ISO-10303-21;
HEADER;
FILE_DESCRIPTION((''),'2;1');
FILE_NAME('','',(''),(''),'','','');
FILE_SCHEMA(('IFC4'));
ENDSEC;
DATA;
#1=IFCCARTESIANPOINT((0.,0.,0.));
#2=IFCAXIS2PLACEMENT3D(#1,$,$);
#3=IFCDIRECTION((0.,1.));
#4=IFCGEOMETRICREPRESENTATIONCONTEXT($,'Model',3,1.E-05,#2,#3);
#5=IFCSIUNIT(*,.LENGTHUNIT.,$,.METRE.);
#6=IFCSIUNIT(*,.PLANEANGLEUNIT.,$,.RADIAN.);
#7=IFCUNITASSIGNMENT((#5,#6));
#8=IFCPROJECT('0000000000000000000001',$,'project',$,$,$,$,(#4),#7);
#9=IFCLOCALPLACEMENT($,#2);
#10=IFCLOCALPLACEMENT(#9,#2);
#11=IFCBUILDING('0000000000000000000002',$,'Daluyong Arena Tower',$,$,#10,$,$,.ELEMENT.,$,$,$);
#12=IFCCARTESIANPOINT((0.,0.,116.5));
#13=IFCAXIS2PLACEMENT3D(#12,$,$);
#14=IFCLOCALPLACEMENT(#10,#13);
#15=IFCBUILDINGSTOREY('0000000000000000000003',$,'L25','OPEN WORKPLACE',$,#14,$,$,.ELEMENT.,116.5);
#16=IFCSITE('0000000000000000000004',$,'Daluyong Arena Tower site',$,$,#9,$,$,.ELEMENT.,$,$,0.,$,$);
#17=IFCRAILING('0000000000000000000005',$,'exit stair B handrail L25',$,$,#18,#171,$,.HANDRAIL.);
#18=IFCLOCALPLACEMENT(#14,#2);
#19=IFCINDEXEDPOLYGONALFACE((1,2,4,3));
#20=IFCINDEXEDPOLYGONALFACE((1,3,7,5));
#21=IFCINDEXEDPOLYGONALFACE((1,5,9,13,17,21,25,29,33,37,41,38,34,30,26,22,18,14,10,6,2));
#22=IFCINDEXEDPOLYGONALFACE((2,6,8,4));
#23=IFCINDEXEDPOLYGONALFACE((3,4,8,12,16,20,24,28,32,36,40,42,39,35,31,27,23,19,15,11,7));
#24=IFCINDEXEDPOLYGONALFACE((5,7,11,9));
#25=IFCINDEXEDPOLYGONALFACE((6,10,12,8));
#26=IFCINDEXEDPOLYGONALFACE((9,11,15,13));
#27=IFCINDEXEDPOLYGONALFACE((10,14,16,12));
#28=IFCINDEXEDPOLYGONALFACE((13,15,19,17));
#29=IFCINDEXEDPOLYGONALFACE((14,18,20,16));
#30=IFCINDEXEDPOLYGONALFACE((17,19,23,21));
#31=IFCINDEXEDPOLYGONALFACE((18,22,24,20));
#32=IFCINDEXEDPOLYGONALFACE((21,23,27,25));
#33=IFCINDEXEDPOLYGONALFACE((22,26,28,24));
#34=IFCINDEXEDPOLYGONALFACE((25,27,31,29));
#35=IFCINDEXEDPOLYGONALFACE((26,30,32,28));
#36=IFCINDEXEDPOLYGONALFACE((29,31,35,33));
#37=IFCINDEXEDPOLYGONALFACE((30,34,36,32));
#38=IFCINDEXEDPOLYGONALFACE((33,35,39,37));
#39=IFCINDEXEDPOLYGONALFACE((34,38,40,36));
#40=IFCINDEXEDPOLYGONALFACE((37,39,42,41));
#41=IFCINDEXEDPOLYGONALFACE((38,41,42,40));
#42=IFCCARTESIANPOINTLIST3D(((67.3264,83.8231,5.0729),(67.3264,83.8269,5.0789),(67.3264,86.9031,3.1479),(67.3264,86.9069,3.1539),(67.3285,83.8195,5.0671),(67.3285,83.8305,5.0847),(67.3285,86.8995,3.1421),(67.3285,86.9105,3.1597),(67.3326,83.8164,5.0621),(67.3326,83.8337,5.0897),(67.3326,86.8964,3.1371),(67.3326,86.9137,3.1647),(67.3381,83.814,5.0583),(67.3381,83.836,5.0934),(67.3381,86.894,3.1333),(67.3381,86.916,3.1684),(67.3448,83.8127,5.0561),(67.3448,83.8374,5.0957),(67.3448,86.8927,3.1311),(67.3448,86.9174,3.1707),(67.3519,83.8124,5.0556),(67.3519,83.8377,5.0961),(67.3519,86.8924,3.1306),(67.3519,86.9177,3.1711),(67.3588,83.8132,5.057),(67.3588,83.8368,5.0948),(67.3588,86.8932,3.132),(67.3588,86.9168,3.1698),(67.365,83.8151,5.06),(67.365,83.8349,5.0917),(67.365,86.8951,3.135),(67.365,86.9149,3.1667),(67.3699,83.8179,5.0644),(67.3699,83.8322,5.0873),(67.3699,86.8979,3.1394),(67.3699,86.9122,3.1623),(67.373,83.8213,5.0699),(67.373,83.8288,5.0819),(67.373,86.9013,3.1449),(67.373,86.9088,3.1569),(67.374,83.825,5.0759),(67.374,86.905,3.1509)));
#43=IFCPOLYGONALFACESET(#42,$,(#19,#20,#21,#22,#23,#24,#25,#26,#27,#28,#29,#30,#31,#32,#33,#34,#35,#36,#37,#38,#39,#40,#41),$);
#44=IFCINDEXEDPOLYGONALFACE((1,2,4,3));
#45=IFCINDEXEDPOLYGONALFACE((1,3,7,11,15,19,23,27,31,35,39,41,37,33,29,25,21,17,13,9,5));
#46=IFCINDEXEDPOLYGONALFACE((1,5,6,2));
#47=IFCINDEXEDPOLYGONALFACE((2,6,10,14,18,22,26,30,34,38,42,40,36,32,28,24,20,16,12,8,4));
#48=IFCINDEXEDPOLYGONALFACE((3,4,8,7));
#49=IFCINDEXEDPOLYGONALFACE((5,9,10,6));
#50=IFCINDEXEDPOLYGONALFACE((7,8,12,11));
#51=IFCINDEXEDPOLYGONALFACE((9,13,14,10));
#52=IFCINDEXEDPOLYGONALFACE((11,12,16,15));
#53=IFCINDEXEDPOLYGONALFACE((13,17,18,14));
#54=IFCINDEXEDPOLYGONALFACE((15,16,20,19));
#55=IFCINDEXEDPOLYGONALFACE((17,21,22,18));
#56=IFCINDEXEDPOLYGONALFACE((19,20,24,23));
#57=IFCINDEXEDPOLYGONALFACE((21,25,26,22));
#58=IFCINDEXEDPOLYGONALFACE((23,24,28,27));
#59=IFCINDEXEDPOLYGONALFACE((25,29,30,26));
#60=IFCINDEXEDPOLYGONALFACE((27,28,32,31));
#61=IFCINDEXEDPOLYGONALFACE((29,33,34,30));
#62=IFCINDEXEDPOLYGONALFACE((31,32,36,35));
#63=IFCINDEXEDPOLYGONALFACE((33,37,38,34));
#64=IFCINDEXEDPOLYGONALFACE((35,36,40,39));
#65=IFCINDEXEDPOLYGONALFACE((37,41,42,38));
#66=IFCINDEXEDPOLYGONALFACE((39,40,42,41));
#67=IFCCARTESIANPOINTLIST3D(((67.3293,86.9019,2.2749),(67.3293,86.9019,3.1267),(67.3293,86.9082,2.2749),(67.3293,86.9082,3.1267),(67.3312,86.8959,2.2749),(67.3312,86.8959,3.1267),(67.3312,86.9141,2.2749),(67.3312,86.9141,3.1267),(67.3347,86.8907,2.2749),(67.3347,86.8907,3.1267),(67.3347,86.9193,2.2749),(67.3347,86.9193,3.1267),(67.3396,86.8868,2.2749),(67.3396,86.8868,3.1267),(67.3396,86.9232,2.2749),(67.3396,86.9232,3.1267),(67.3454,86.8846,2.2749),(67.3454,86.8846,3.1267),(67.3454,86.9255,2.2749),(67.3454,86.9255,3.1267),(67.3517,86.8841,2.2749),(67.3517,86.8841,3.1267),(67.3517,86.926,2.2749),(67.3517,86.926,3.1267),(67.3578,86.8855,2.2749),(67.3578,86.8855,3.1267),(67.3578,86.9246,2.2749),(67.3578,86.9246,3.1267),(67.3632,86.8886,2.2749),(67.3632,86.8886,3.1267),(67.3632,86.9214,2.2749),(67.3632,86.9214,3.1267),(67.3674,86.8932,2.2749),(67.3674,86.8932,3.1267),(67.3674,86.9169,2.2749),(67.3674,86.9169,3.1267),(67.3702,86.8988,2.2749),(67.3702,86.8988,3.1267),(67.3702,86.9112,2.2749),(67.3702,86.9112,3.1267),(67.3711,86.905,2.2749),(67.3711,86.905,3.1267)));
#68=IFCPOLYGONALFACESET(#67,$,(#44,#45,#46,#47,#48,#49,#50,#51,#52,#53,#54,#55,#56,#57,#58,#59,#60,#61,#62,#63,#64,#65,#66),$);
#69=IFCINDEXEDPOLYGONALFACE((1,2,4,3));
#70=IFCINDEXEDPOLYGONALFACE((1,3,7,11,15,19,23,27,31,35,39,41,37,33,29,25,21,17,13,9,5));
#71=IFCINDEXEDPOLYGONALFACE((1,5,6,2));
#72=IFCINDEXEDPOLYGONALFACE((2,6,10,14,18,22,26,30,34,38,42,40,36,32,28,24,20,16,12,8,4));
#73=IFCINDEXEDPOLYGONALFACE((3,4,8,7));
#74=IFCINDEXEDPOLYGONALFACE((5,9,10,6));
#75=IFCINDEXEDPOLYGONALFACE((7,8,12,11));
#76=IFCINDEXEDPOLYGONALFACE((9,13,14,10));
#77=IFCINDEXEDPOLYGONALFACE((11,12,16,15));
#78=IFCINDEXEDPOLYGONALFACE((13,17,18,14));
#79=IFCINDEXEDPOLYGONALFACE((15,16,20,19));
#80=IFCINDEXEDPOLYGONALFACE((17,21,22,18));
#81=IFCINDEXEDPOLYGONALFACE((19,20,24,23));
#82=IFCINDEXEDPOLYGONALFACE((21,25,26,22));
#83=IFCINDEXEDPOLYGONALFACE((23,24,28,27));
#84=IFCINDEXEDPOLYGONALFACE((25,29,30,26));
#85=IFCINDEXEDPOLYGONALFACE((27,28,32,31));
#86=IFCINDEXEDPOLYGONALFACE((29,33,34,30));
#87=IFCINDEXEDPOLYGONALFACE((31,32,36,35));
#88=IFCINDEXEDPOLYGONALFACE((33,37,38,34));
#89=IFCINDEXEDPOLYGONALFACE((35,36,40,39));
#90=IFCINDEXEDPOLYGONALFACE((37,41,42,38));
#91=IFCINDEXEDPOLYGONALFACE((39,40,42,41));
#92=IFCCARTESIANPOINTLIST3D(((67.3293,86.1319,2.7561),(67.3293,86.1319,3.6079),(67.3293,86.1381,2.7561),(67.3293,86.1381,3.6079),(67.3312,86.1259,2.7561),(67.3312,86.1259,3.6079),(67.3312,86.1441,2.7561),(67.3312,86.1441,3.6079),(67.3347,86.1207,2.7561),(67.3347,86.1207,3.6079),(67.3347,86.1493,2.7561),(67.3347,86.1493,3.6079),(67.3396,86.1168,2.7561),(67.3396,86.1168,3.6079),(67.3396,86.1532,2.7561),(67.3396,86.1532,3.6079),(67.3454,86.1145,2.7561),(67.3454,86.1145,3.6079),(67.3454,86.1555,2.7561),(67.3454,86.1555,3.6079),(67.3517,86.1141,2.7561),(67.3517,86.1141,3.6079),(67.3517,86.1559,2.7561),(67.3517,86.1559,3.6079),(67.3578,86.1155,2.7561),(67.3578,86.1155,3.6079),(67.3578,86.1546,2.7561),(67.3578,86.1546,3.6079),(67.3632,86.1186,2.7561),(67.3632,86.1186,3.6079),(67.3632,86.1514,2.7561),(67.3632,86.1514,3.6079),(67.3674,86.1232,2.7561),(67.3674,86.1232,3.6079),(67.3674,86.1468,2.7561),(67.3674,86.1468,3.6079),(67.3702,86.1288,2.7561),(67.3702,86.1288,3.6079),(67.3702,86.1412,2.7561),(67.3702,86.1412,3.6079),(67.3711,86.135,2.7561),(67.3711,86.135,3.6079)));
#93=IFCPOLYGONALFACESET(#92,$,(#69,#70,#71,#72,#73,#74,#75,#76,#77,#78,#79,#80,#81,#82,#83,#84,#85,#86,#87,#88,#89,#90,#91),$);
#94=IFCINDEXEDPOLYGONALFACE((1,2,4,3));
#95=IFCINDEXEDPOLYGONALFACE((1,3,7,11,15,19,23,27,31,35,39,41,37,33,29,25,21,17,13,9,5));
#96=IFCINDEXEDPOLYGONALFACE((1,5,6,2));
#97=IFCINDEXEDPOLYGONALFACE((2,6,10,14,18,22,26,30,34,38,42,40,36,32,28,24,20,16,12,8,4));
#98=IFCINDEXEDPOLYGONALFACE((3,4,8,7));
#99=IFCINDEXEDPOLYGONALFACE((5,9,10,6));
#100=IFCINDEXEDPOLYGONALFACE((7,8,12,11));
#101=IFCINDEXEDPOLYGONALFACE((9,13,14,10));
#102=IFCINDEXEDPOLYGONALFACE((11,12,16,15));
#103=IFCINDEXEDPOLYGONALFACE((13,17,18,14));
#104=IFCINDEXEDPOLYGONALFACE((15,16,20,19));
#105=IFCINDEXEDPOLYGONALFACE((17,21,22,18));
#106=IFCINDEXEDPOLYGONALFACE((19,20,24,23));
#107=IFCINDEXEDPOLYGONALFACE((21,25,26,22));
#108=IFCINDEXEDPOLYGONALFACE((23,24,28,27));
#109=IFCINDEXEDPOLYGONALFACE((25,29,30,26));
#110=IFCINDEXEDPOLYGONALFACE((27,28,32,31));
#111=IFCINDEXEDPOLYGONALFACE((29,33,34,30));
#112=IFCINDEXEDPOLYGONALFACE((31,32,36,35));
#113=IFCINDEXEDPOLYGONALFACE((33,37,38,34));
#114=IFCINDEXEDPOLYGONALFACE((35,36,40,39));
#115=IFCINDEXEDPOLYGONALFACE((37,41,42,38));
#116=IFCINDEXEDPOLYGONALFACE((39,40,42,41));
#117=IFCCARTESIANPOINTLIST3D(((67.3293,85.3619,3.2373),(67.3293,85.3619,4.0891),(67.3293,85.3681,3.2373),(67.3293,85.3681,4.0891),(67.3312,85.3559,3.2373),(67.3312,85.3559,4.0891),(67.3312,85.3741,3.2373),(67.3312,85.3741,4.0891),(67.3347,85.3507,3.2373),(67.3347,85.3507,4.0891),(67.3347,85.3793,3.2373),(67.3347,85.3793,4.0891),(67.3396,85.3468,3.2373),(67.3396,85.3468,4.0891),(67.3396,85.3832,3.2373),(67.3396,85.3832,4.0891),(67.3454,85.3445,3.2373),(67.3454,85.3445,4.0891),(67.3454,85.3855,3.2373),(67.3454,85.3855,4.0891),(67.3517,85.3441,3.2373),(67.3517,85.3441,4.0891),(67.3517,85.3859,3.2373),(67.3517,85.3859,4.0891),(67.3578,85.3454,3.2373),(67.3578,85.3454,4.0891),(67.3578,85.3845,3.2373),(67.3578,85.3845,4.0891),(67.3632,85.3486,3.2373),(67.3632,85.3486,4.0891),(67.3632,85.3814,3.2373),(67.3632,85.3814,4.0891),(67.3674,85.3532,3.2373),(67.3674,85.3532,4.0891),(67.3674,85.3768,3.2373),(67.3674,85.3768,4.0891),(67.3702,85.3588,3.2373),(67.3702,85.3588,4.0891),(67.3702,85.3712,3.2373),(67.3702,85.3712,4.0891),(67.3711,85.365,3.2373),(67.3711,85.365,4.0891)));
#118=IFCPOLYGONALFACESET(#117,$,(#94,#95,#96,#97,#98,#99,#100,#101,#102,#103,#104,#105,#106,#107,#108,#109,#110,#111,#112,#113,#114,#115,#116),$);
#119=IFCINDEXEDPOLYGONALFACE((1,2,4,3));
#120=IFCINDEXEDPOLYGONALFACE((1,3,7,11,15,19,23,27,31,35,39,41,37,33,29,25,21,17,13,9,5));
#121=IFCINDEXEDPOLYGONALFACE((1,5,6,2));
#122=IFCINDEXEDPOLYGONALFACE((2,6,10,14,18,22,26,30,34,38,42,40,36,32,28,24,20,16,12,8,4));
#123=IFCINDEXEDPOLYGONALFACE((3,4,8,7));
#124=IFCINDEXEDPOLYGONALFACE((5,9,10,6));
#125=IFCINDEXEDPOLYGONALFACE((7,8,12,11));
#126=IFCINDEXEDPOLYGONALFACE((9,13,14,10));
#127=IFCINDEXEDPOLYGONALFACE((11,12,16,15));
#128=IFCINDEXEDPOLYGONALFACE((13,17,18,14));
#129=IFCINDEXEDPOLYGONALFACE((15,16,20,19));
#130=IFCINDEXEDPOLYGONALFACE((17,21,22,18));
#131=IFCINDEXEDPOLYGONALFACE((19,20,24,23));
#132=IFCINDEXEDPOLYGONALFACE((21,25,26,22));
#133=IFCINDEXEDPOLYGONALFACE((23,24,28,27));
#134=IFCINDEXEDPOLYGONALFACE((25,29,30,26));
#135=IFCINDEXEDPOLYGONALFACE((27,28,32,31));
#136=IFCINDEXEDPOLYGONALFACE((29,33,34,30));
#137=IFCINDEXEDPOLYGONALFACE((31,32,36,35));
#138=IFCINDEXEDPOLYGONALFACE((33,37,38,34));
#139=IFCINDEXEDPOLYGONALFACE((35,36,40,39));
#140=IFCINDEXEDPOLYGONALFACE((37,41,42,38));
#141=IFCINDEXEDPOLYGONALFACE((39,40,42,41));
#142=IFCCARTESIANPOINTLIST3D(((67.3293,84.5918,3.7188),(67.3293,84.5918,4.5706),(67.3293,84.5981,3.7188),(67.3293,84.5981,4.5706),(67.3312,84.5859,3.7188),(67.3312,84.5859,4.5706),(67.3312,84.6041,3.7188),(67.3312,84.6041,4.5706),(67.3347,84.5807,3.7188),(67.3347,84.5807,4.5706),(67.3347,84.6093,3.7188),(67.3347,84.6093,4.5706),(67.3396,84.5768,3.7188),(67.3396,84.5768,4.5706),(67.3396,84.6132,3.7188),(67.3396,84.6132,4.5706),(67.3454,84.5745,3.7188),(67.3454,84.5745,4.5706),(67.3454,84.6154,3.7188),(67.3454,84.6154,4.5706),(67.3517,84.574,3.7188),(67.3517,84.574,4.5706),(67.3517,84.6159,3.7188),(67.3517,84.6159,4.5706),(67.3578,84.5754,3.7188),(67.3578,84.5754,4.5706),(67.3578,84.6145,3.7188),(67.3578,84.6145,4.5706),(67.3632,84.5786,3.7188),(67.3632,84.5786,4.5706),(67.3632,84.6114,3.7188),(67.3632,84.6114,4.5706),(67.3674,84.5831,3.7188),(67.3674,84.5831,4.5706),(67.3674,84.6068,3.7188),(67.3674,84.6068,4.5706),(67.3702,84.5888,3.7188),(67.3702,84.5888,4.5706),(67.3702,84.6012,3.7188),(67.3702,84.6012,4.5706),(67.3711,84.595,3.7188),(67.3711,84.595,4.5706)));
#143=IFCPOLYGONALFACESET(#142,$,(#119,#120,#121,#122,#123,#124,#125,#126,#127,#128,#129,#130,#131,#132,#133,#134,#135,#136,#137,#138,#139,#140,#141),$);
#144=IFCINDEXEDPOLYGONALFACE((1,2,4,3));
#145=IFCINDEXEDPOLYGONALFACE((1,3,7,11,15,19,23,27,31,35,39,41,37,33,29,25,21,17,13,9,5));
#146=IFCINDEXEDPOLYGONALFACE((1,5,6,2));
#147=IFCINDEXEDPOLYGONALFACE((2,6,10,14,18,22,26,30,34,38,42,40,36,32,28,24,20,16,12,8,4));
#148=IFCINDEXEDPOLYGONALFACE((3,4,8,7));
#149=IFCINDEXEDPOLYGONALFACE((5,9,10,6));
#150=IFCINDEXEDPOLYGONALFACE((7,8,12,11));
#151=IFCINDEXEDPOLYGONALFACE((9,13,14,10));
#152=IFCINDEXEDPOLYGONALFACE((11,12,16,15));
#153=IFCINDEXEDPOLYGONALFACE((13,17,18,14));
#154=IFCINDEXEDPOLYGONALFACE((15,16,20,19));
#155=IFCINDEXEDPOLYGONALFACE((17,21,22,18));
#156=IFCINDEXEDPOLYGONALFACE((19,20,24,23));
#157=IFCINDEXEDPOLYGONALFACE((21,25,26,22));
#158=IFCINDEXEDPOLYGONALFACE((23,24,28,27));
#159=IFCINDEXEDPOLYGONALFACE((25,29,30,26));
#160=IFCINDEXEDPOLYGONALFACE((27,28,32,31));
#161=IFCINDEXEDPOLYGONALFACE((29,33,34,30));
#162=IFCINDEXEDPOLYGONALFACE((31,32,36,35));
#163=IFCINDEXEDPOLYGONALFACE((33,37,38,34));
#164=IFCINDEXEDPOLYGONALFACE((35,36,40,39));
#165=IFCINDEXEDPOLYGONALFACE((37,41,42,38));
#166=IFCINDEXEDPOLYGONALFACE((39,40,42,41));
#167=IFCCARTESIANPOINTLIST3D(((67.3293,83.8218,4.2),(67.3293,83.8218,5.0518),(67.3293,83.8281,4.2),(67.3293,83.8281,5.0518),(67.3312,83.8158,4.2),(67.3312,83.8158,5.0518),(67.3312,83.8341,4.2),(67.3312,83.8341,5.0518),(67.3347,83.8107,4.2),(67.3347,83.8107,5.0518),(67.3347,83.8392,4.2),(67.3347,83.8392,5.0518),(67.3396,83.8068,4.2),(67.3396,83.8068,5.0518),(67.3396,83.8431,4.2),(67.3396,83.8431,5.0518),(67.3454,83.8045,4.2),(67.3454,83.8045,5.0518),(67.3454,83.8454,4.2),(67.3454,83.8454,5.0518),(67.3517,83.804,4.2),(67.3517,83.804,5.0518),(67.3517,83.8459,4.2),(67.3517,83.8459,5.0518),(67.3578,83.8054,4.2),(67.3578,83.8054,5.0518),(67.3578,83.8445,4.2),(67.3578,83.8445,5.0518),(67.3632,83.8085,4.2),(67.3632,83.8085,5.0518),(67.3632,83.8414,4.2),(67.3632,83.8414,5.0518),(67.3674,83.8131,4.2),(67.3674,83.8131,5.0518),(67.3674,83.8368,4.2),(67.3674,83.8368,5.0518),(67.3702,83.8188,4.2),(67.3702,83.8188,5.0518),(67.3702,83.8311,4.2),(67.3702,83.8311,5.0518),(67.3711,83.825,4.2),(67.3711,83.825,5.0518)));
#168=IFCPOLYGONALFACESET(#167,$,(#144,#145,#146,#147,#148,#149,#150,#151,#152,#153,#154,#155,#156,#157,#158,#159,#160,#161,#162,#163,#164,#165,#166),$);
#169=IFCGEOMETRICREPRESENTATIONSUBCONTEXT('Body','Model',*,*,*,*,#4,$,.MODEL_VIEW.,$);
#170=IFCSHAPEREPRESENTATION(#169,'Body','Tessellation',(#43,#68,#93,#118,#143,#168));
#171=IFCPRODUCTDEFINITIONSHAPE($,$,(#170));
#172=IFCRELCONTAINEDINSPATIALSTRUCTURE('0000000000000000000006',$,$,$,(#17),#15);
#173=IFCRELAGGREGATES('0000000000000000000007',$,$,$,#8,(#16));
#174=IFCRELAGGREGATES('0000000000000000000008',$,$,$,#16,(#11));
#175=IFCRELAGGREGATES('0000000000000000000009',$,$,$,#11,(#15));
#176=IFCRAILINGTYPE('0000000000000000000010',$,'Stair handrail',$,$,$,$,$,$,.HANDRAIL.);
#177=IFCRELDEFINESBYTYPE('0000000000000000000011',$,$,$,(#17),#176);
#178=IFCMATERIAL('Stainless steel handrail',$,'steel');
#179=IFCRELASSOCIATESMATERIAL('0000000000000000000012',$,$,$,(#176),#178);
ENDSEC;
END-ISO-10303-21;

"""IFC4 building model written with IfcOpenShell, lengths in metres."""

from ifc_helpers import new_model, si_unit, direction, frame, origin, origin_2d, place, context, subcontext, project, spatial, circle, extrude, material, type_object, element, save


model = new_model("IFC4")

# Units and contexts
model_context = context("Model", 3, precision=1e-05, world=origin(), true_north=direction((0.0, 1.0)))
body_context = subcontext(model_context, "Body", "Model", "MODEL_VIEW")
ifc_project = project(units=[si_unit("LENGTHUNIT", "METRE"), si_unit("PLANEANGLEUNIT", "RADIAN")], contexts=[model_context])

# Site, building, storey
site_placement = place(None, origin())
site = spatial("IfcSite", under=ifc_project, at=site_placement, Name="Daluyong Arena Tower site", CompositionType="ELEMENT", RefElevation=0.0)
building_placement = place(site_placement, origin())
building = spatial("IfcBuilding", under=site, at=building_placement, Name="Daluyong Arena Tower", CompositionType="ELEMENT")
storey_placement = place(building_placement, frame((0.0, 0.0, 116.5)))
storey = spatial("IfcBuildingStorey", under=building, at=storey_placement, Name="L25", Description="OPEN WORKPLACE", CompositionType="ELEMENT", Elevation=116.5)

# Railing
ifc_material_1 = material(Name="Stainless steel handrail", Category="steel")
railing_type_1 = type_object("IfcRailingType", Name="Stair handrail", PredefinedType="HANDRAIL", material=ifc_material_1)
railing_1_placement = place(storey_placement, frame((67.3501, 86.905, 2.2749)))
element("IfcRailing", 1, at=railing_1_placement, inside=storey, type_object=railing_type_1, Name="exit stair B handrail L25", PredefinedType="HANDRAIL", context=body_context, shape_type="SweptSolid", body=[
    extrude(circle(Radius=0.0239, at=origin_2d()), frame((0.0, 0.0, 0.876), z_axis=(0.0, -0.847998, 0.529999), x_axis=(1.0, 0.0, 0.0)), (0.0, 0.0, 1.0), 3.6321),
    extrude(circle(Radius=0.021, at=origin_2d()), origin(), (0.0, 0.0, 1.0), 0.8518),
    extrude(circle(Radius=0.021, at=origin_2d()), frame((0.0, -0.77, 0.4812)), (0.0, 0.0, 1.0), 0.8518),
    extrude(circle(Radius=0.021, at=origin_2d()), frame((0.0, -1.54, 0.9624)), (0.0, 0.0, 1.0), 0.8518),
    extrude(circle(Radius=0.021, at=origin_2d()), frame((0.0, -2.3101, 1.4438)), (0.0, 0.0, 1.0), 0.8518),
    extrude(circle(Radius=0.021, at=origin_2d()), frame((0.0, -3.0801, 1.925)), (0.0, 0.0, 1.0), 0.8518),
])

save(model, "model.ifc")
